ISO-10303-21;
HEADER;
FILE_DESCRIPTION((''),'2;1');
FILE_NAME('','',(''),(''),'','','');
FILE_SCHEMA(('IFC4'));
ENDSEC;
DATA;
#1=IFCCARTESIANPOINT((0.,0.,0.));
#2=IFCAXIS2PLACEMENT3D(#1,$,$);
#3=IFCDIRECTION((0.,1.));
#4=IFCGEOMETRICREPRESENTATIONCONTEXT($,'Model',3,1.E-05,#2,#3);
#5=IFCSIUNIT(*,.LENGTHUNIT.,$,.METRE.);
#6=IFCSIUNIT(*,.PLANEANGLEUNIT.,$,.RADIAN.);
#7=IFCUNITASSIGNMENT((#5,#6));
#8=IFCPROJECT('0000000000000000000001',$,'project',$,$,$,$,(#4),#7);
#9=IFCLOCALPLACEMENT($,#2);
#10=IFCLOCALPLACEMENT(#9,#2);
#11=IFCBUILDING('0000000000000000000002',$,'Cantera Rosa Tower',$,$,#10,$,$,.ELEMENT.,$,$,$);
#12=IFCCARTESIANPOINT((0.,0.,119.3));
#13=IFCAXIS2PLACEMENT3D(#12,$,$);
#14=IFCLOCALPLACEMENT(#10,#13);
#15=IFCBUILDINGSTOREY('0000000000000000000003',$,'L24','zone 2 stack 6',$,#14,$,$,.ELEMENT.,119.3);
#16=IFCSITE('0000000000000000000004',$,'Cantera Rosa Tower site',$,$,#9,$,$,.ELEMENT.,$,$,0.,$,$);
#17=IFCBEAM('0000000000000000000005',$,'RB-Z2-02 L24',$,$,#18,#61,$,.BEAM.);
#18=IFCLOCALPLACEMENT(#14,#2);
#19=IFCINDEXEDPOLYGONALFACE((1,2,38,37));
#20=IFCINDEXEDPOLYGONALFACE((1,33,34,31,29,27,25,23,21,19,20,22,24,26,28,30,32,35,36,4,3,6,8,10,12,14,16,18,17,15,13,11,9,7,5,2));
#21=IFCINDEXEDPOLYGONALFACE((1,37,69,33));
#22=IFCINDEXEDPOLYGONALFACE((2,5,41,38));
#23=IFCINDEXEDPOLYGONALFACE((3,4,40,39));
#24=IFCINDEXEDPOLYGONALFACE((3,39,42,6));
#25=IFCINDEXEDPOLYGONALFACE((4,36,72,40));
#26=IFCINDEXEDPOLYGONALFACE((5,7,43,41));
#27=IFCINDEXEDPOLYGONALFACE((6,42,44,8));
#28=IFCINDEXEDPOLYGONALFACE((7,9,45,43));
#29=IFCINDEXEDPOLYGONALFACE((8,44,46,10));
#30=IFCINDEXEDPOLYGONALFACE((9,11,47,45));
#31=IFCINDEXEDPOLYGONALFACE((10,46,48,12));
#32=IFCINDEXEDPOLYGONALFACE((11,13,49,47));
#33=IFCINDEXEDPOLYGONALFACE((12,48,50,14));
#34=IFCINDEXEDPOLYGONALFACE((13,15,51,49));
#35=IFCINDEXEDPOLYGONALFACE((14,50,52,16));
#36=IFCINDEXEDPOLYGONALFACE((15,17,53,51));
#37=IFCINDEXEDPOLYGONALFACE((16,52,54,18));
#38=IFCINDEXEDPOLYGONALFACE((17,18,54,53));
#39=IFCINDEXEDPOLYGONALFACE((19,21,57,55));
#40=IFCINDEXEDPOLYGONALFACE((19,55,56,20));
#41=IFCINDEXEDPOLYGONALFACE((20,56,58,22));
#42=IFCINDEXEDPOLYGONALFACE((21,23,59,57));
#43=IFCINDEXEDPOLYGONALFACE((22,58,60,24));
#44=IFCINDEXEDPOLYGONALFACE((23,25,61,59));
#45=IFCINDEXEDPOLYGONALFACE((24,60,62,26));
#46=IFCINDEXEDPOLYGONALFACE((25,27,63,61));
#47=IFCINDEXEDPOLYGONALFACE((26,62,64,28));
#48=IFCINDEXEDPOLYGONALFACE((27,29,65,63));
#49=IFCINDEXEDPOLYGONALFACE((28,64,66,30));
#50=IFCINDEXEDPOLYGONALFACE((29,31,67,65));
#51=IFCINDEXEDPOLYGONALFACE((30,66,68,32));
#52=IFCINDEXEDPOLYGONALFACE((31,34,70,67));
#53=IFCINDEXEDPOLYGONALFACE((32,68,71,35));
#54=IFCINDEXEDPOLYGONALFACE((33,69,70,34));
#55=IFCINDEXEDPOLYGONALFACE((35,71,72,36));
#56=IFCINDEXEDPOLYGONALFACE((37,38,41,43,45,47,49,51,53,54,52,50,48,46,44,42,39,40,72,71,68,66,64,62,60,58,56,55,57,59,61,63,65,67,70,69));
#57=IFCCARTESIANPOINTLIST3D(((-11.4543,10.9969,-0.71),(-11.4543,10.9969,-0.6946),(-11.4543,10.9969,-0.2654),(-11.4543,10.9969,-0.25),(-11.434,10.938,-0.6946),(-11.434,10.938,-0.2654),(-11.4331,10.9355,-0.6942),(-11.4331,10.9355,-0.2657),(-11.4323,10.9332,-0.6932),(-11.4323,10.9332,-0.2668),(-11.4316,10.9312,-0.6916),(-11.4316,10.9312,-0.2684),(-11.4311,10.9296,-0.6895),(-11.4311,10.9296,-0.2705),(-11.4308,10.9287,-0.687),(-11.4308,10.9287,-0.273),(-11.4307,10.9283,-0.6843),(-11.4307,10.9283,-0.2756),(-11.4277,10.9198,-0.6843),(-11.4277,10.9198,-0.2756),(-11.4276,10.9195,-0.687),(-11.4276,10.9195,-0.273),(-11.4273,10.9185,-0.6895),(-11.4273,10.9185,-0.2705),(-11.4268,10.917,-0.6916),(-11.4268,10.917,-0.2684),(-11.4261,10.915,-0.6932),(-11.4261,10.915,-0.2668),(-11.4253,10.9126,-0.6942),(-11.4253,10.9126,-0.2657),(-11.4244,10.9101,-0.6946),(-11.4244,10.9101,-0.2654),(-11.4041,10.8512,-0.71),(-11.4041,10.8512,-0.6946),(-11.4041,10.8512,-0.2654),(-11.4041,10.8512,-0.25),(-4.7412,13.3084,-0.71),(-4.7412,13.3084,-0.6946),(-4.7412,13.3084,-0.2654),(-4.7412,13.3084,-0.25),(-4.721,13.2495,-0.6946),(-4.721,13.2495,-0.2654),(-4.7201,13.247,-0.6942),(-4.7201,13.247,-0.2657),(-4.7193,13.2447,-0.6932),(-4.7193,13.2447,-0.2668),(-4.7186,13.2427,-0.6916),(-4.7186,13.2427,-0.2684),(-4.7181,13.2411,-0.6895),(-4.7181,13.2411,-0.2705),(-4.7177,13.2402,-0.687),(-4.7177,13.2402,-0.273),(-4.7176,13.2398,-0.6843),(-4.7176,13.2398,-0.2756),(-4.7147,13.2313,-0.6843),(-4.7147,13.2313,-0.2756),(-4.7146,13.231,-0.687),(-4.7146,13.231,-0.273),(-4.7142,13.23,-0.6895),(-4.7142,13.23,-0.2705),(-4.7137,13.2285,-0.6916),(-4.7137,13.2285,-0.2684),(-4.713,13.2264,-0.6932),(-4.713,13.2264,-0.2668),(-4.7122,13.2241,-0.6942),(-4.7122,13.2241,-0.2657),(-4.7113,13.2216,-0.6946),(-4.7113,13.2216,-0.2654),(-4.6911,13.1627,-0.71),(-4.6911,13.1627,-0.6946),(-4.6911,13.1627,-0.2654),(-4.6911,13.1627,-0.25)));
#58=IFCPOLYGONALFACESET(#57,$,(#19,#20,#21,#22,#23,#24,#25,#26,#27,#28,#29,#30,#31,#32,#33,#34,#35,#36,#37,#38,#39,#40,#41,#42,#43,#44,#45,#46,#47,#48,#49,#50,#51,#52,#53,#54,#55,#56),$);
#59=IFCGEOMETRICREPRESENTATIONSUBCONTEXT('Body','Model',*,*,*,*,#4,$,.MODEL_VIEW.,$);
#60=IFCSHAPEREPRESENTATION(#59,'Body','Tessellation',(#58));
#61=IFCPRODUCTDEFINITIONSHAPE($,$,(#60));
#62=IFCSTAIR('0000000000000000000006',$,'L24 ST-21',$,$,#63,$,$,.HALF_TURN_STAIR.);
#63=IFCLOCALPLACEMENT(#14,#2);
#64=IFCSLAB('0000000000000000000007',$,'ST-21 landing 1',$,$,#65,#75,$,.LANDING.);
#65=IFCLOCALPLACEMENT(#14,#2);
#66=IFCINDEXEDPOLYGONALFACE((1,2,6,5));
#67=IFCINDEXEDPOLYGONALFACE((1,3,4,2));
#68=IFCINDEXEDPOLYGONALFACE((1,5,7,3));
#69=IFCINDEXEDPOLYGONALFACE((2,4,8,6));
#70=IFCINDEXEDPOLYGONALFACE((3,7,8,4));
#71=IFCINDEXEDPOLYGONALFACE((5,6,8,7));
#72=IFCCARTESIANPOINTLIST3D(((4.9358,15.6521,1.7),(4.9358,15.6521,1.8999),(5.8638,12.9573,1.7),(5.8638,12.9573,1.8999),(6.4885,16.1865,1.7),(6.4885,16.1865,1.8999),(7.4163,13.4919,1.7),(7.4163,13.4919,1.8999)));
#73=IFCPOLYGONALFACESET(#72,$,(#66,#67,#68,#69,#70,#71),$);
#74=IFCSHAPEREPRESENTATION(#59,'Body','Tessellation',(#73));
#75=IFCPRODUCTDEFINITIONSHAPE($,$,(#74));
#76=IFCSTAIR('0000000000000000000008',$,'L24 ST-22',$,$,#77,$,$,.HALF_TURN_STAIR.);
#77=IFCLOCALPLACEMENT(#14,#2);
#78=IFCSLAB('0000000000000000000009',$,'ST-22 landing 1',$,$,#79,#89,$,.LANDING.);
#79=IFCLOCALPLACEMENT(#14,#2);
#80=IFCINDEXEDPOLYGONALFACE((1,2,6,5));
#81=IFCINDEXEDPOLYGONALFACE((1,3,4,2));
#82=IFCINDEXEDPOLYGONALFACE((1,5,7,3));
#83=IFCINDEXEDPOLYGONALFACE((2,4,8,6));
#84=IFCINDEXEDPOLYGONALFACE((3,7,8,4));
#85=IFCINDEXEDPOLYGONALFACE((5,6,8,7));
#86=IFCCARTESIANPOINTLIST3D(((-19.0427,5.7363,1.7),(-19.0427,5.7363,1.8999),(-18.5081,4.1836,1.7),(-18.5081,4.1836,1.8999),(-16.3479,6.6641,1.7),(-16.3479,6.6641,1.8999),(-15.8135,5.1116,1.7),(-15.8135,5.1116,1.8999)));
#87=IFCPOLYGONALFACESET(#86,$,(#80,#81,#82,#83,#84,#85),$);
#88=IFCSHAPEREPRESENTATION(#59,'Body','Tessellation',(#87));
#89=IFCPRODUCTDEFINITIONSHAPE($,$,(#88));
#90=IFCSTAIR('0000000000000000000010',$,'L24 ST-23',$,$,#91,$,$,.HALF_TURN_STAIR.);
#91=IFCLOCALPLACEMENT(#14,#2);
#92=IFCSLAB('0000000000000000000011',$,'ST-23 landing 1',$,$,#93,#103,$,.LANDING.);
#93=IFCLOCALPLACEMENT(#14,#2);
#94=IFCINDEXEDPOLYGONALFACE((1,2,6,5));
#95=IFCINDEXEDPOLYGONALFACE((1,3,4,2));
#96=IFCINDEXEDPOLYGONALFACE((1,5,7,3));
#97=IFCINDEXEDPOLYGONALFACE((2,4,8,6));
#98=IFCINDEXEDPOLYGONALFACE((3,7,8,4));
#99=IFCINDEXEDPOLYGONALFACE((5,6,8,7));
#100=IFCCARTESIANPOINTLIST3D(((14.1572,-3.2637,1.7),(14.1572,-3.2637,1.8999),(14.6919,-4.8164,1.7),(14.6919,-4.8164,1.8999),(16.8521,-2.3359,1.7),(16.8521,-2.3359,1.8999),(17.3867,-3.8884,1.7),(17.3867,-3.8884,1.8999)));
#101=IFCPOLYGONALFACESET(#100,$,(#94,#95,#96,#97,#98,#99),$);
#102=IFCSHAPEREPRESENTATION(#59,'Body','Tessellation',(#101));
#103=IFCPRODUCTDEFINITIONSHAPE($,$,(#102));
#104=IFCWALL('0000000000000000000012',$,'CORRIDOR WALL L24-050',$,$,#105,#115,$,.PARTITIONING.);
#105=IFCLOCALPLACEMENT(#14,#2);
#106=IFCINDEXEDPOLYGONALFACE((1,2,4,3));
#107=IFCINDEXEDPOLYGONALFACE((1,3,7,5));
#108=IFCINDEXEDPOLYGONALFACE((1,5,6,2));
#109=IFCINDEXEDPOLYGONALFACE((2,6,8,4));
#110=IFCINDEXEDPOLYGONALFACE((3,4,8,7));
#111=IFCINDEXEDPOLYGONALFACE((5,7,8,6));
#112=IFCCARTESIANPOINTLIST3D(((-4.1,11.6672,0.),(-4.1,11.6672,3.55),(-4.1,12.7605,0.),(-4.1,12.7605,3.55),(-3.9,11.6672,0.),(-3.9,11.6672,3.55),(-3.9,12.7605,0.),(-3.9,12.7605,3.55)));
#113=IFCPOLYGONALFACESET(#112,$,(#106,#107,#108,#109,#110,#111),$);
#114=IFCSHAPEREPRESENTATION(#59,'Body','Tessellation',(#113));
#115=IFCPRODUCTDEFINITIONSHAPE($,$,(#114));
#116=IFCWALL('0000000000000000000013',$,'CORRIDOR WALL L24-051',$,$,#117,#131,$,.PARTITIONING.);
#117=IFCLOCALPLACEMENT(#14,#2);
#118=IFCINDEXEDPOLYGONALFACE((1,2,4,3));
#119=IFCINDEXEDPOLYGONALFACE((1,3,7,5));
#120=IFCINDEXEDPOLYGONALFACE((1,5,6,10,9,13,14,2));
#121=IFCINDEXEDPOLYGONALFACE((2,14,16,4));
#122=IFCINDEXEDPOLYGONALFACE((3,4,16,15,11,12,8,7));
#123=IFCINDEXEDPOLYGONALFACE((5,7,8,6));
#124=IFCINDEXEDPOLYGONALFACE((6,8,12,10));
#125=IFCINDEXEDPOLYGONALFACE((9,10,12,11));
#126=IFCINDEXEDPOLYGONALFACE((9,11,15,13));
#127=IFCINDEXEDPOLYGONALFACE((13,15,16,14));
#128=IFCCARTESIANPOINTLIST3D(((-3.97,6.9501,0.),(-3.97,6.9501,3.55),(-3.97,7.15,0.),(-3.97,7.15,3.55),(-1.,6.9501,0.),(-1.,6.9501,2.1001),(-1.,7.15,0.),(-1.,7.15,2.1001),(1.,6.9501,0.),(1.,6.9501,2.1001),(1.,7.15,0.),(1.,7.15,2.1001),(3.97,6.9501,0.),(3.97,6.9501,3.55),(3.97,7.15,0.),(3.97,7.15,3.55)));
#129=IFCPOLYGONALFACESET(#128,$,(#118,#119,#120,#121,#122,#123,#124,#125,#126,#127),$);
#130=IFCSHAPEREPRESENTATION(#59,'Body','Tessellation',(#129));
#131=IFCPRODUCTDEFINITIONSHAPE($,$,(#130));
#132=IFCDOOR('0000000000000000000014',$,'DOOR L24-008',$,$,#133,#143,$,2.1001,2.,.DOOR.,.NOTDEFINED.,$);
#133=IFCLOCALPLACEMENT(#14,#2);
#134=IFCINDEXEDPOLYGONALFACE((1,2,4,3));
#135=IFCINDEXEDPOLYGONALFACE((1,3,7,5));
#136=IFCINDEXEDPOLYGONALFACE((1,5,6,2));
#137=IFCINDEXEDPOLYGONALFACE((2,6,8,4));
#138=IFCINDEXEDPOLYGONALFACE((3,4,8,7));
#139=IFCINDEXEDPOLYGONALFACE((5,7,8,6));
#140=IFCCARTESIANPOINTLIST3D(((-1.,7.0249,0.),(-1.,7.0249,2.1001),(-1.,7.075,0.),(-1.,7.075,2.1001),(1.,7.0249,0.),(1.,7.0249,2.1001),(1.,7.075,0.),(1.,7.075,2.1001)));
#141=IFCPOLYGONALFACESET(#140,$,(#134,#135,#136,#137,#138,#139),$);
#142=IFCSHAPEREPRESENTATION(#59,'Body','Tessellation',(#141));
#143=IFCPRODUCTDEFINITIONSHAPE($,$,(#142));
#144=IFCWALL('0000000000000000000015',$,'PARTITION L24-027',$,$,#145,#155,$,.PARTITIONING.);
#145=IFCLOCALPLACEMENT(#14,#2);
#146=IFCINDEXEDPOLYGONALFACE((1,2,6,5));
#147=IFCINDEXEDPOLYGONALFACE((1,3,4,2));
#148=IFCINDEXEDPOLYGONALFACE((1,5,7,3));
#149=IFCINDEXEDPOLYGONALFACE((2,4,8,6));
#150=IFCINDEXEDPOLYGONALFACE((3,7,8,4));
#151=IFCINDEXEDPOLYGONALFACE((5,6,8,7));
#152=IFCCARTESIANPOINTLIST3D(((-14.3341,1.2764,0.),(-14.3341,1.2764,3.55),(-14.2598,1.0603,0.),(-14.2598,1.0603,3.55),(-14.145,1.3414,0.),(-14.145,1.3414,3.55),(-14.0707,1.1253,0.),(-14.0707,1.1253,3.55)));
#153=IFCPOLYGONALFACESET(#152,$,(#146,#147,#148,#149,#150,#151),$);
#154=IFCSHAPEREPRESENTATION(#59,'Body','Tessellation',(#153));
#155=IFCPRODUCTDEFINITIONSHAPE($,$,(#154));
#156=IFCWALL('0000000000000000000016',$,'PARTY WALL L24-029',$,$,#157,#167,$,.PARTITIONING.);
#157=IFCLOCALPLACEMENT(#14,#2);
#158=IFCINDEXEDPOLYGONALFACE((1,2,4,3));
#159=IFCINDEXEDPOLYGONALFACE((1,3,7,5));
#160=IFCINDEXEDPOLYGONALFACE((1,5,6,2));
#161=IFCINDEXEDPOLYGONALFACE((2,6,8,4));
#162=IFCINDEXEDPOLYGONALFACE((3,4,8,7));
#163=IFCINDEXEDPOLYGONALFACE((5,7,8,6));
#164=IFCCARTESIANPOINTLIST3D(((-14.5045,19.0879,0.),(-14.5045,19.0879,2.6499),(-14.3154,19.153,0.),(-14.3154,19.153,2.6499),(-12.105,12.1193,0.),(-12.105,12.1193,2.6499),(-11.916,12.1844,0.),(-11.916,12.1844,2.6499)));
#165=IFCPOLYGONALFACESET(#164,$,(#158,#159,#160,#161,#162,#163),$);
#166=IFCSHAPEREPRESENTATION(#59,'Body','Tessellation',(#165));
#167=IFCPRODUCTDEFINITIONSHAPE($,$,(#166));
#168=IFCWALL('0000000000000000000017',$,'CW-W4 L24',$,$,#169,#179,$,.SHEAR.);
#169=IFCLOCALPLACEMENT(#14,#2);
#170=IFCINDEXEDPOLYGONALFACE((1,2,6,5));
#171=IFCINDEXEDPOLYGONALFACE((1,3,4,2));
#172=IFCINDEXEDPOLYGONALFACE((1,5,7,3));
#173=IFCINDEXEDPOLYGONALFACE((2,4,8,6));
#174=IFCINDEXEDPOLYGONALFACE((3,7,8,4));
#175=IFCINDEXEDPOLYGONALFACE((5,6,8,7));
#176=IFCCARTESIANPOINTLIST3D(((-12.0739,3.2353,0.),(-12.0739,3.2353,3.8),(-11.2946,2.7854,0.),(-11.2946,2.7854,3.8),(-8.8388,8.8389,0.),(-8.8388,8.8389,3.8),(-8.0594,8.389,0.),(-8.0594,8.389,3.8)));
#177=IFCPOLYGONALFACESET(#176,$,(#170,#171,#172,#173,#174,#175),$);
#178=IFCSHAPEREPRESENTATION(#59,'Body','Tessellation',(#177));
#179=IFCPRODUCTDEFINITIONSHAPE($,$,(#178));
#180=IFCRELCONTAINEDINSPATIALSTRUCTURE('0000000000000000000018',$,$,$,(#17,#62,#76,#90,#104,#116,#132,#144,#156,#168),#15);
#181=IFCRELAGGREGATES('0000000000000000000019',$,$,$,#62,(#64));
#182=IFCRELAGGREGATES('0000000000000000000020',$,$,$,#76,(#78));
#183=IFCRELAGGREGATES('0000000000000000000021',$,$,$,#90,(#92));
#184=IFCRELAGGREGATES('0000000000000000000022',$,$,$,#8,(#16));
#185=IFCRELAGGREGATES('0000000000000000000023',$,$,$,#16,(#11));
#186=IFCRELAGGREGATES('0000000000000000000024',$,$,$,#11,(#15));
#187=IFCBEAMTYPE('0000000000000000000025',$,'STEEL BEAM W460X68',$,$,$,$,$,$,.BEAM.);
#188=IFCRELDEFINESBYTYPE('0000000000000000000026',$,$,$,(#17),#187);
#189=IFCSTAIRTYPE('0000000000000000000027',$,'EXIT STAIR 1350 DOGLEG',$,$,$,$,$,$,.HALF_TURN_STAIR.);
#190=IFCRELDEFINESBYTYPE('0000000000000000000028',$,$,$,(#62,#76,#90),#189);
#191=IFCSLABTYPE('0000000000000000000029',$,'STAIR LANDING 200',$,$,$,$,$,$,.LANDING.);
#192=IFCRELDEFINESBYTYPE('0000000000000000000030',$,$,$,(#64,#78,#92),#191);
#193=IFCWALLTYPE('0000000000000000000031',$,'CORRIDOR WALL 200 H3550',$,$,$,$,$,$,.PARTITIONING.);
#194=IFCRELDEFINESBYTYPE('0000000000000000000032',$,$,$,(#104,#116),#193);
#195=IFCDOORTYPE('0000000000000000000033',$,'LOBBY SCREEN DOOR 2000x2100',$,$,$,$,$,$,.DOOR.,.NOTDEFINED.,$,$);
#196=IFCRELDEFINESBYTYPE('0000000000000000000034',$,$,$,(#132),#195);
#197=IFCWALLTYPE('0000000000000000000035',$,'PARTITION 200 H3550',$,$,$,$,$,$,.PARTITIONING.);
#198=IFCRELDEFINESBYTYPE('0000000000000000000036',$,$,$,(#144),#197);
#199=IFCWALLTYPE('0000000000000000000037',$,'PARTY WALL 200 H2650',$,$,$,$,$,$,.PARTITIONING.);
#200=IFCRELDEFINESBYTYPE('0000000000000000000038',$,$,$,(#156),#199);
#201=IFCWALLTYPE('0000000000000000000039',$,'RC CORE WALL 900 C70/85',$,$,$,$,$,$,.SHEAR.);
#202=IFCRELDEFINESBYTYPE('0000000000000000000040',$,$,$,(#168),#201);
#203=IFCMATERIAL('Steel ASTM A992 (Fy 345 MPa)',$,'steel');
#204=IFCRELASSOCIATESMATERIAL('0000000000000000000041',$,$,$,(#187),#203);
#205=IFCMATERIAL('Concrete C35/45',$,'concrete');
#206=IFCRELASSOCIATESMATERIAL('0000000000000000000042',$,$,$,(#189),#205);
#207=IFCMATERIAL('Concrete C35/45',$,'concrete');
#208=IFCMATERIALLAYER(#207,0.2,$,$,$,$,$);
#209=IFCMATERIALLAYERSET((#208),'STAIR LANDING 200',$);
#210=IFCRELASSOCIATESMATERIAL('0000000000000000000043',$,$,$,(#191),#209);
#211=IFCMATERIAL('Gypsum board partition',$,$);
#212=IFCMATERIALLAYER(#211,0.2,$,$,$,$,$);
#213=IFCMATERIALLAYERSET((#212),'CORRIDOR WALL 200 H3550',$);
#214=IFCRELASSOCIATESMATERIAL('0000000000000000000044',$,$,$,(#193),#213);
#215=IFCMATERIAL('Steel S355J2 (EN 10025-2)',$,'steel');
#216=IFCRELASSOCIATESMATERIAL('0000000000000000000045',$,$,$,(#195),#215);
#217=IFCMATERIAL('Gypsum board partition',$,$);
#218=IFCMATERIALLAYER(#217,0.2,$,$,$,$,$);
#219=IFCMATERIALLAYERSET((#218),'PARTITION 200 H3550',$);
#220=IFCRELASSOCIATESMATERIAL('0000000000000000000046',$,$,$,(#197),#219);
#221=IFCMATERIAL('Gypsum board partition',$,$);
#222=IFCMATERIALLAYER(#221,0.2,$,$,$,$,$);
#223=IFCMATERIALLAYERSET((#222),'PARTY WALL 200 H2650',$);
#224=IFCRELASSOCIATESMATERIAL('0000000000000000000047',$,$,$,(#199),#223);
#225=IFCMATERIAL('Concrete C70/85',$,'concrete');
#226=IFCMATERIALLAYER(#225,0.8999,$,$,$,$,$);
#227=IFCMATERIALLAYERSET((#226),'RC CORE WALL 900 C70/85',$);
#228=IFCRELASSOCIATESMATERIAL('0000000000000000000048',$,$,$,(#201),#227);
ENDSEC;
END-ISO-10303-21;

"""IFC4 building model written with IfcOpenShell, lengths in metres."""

from ifc_helpers import new_model, si_unit, direction, frame, frame_2d, origin, origin_2d, place, context, subcontext, project, spatial, polyline, rectangle, i_section, outline, extrude, material, layer, layer_set, material_profile, profile_set, type_object, element, fill, aggregate, save


model = new_model("IFC4")

# Units and contexts
model_context = context("Model", 3, precision=1e-05, world=origin(), true_north=direction((0.0, 1.0)))
body_context = subcontext(model_context, "Body", "Model", "MODEL_VIEW")
ifc_project = project(units=[si_unit("LENGTHUNIT", "METRE"), si_unit("PLANEANGLEUNIT", "RADIAN")], contexts=[model_context])

# Site, building, storey
site_placement = place(None, origin())
site = spatial("IfcSite", under=ifc_project, at=site_placement, Name="Cantera Rosa Tower site", CompositionType="ELEMENT", RefElevation=0.0)
building_placement = place(site_placement, origin())
building = spatial("IfcBuilding", under=site, at=building_placement, Name="Cantera Rosa Tower", CompositionType="ELEMENT")
storey_placement = place(building_placement, frame((0.0, 0.0, 119.3)))
storey = spatial("IfcBuildingStorey", under=building, at=storey_placement, Name="L24", Description="zone 2 stack 6", CompositionType="ELEMENT", Elevation=119.3)

# Beam
ifc_material_1 = material(Name="Steel ASTM A992 (Fy 345 MPa)", Category="steel")
ifc_material_profile = material_profile(ifc_material_1, i_section(OverallWidth=0.1541, OverallDepth=0.46, WebThickness=0.009, FlangeThickness=0.0154, FilletRadius=0.0103, at=origin_2d()), Name="W460X68")
ifc_profile_set = profile_set([ifc_material_profile], Name="Steel ASTM A992 (Fy 345 MPa)")
beam_type = type_object("IfcBeamType", Name="STEEL BEAM W460X68", PredefinedType="BEAM", material=ifc_profile_set)
beam_placement = place(storey_placement, frame((-11.4292, 10.9241, -0.48), z_axis=(0.945518, 0.325569, 0.0), x_axis=(-0.325569, 0.945518, 0.0)))
element("IfcBeam", 1, at=beam_placement, inside=storey, type_object=beam_type, Name="RB-Z2-02 L24", PredefinedType="BEAM", context=body_context, shape_type="SweptSolid", body=[
    extrude(i_section(OverallWidth=0.1541, OverallDepth=0.46, WebThickness=0.009, FlangeThickness=0.0154, FilletRadius=0.0103, at=origin_2d()), origin(), (0.0, 0.0, 1.0), 7.0999),
])

# Stairs, slabs
ifc_material_2 = material(Name="Concrete C35/45", Category="concrete")
stair_type = type_object("IfcStairType", Name="EXIT STAIR 1350 DOGLEG", PredefinedType="HALF_TURN_STAIR", material=ifc_material_2)
stair_1_placement = place(storey_placement, origin())
stair_1 = element("IfcStair", 2, at=stair_1_placement, inside=storey, type_object=stair_type, Name="L24 ST-21", PredefinedType="HALF_TURN_STAIR")
ifc_material_3 = material(Name="Concrete C35/45", Category="concrete")
ifc_layer_1 = layer(ifc_material_3, 0.2)
ifc_layer_set_1 = layer_set([ifc_layer_1], Name="STAIR LANDING 200")
slab_type = type_object("IfcSlabType", Name="STAIR LANDING 200", PredefinedType="LANDING", material=ifc_layer_set_1)
slab_1_placement = place(storey_placement, frame((0.0, 0.0, 1.7)))
slab_1 = element("IfcSlab", 3, at=slab_1_placement, type_object=slab_type, Name="ST-21 landing 1", PredefinedType="LANDING", context=body_context, shape_type="SweptSolid", body=[
    extrude(outline(polyline([(6.4885, 16.1865), (4.9358, 15.6521), (5.8638, 12.9573), (7.4163, 13.4919), (6.4885, 16.1865)])), origin(), (0.0, 0.0, 1.0), 0.2),
])
aggregate(stair_1, [slab_1])
stair_2_placement = place(storey_placement, origin())
stair_2 = element("IfcStair", 4, at=stair_2_placement, inside=storey, type_object=stair_type, Name="L24 ST-22", PredefinedType="HALF_TURN_STAIR")
slab_2_placement = place(storey_placement, frame((0.0, 0.0, 1.7)))
slab_2 = element("IfcSlab", 5, at=slab_2_placement, type_object=slab_type, Name="ST-22 landing 1", PredefinedType="LANDING", context=body_context, shape_type="SweptSolid", body=[
    extrude(outline(polyline([(-15.8135, 5.1116), (-16.3479, 6.6641), (-19.0427, 5.7363), (-18.5081, 4.1836), (-15.8135, 5.1116)])), origin(), (0.0, 0.0, 1.0), 0.2),
])
aggregate(stair_2, [slab_2])
stair_3_placement = place(storey_placement, origin())
stair_3 = element("IfcStair", 6, at=stair_3_placement, inside=storey, type_object=stair_type, Name="L24 ST-23", PredefinedType="HALF_TURN_STAIR")
slab_3_placement = place(storey_placement, frame((0.0, 0.0, 1.7)))
slab_3 = element("IfcSlab", 7, at=slab_3_placement, type_object=slab_type, Name="ST-23 landing 1", PredefinedType="LANDING", context=body_context, shape_type="SweptSolid", body=[
    extrude(outline(polyline([(17.3867, -3.8884), (16.8521, -2.3359), (14.1572, -3.2637), (14.6919, -4.8164), (17.3867, -3.8884)])), origin(), (0.0, 0.0, 1.0), 0.2),
])
aggregate(stair_3, [slab_3])

# Wall
ifc_material_4 = material(Name="Gypsum board partition")
ifc_layer_2 = layer(ifc_material_4, 0.2)
ifc_layer_set_2 = layer_set([ifc_layer_2], Name="CORRIDOR WALL 200 H3550")
wall_type_1 = type_object("IfcWallType", Name="CORRIDOR WALL 200 H3550", PredefinedType="PARTITIONING", material=ifc_layer_set_2)
wall_1_placement = place(storey_placement, frame((-4.0, 12.7605, 0.0), z_axis=(0.0, 0.0, 1.0), x_axis=(0.0, -1.0, 0.0)))
element("IfcWall", 8, at=wall_1_placement, inside=storey, type_object=wall_type_1, Name="CORRIDOR WALL L24-050", PredefinedType="PARTITIONING", context=body_context, shape_type="SweptSolid", body=[
    extrude(rectangle(XDim=1.0933, YDim=0.2, at=frame_2d((0.5466, 0.0))), origin(), (0.0, 0.0, 1.0), 3.55),
])

# Wall, opening, door
wall_2_placement = place(storey_placement, frame((-3.97, 7.05, 0.0), z_axis=(0.0, 0.0, 1.0), x_axis=(1.0, 0.0, 0.0)))
wall_2 = element("IfcWall", 9, at=wall_2_placement, inside=storey, type_object=wall_type_1, Name="CORRIDOR WALL L24-051", PredefinedType="PARTITIONING", context=body_context, shape_type="SweptSolid", body=[
    extrude(rectangle(XDim=7.9399, YDim=0.2, at=frame_2d((3.97, 0.0))), origin(), (0.0, 0.0, 1.0), 3.55),
])
opening_1_placement = place(wall_2_placement, frame((2.97, 0.0, 0.0)))
opening_1 = element("IfcOpeningElement", 10, at=opening_1_placement, cuts=wall_2, PredefinedType="OPENING", context=body_context, shape_type="SweptSolid", body=[
    extrude(rectangle(XDim=2.0, YDim=2.1001, at=frame_2d((1.0, 1.05))), frame((0.0, 0.1099, 0.0), z_axis=(0.0, -1.0, 0.0), x_axis=(1.0, 0.0, 0.0)), (0.0, 0.0, 1.0), 0.22),
])
ifc_material_5 = material(Name="Steel S355J2 (EN 10025-2)", Category="steel")
door_type_1 = type_object("IfcDoorType", Name="LOBBY SCREEN DOOR 2000x2100", OperationType="NOTDEFINED", PredefinedType="DOOR", material=ifc_material_5)
door_1_placement = place(opening_1_placement, origin())
door_1 = element("IfcDoor", 11, at=door_1_placement, inside=storey, type_object=door_type_1, Name="DOOR L24-008", OperationType="NOTDEFINED", OverallHeight=2.1001, OverallWidth=2.0, PredefinedType="DOOR", context=body_context, shape_type="SweptSolid", body=[
    extrude(rectangle(XDim=2.0, YDim=2.1001, at=frame_2d((1.0, 1.05))), frame((0.0, 0.0249, 0.0), z_axis=(0.0, -1.0, 0.0), x_axis=(1.0, 0.0, 0.0)), (0.0, 0.0, 1.0), 0.05),
])
fill(opening_1, door_1)

# Walls
ifc_material_6 = material(Name="Gypsum board partition")
ifc_layer_3 = layer(ifc_material_6, 0.2)
ifc_layer_set_3 = layer_set([ifc_layer_3], Name="PARTITION 200 H3550")
wall_type_2 = type_object("IfcWallType", Name="PARTITION 200 H3550", PredefinedType="PARTITIONING", material=ifc_layer_set_3)
wall_3_placement = place(storey_placement, frame((-14.1653, 1.0928, 0.0), z_axis=(0.0, 0.0, 1.0), x_axis=(-0.324871, 0.945758, 0.0)))
element("IfcWall", 12, at=wall_3_placement, inside=storey, type_object=wall_type_2, Name="PARTITION L24-027", PredefinedType="PARTITIONING", context=body_context, shape_type="SweptSolid", body=[
    extrude(rectangle(XDim=0.2285, YDim=0.2, at=frame_2d((0.1143, 0.0))), origin(), (0.0, 0.0, 1.0), 3.55),
])
ifc_material_7 = material(Name="Gypsum board partition")
ifc_layer_4 = layer(ifc_material_7, 0.2)
ifc_layer_set_4 = layer_set([ifc_layer_4], Name="PARTY WALL 200 H2650")
wall_type_3 = type_object("IfcWallType", Name="PARTY WALL 200 H2650", PredefinedType="PARTITIONING", material=ifc_layer_set_4)
wall_4_placement = place(storey_placement, frame((-12.0105, 12.1519, 0.0), z_axis=(0.0, 0.0, 1.0), x_axis=(-0.325564, 0.94552, 0.0)))
element("IfcWall", 13, at=wall_4_placement, inside=storey, type_object=wall_type_3, Name="PARTY WALL L24-029", PredefinedType="PARTITIONING", context=body_context, shape_type="SweptSolid", body=[
    extrude(rectangle(XDim=7.3701, YDim=0.2, at=frame_2d((3.6851, 0.0))), origin(), (0.0, 0.0, 1.0), 2.6499),
])
ifc_material_8 = material(Name="Concrete C70/85", Category="concrete")
ifc_layer_5 = layer(ifc_material_8, 0.8999)
ifc_layer_set_5 = layer_set([ifc_layer_5], Name="RC CORE WALL 900 C70/85")
wall_type_4 = type_object("IfcWallType", Name="RC CORE WALL 900 C70/85", PredefinedType="SHEAR", material=ifc_layer_set_5)
wall_5_placement = place(storey_placement, frame((-11.6843, 3.0103, 0.0), z_axis=(0.0, 0.0, 1.0), x_axis=(0.49999, 0.866031, 0.0)))
element("IfcWall", 14, at=wall_5_placement, inside=storey, type_object=wall_type_4, Name="CW-W4 L24", PredefinedType="SHEAR", context=body_context, shape_type="SweptSolid", body=[
    extrude(rectangle(XDim=6.4705, YDim=0.8999, at=frame_2d((3.2354, 0.0))), origin(), (0.0, 0.0, 1.0), 3.8),
])

save(model, "model.ifc")
